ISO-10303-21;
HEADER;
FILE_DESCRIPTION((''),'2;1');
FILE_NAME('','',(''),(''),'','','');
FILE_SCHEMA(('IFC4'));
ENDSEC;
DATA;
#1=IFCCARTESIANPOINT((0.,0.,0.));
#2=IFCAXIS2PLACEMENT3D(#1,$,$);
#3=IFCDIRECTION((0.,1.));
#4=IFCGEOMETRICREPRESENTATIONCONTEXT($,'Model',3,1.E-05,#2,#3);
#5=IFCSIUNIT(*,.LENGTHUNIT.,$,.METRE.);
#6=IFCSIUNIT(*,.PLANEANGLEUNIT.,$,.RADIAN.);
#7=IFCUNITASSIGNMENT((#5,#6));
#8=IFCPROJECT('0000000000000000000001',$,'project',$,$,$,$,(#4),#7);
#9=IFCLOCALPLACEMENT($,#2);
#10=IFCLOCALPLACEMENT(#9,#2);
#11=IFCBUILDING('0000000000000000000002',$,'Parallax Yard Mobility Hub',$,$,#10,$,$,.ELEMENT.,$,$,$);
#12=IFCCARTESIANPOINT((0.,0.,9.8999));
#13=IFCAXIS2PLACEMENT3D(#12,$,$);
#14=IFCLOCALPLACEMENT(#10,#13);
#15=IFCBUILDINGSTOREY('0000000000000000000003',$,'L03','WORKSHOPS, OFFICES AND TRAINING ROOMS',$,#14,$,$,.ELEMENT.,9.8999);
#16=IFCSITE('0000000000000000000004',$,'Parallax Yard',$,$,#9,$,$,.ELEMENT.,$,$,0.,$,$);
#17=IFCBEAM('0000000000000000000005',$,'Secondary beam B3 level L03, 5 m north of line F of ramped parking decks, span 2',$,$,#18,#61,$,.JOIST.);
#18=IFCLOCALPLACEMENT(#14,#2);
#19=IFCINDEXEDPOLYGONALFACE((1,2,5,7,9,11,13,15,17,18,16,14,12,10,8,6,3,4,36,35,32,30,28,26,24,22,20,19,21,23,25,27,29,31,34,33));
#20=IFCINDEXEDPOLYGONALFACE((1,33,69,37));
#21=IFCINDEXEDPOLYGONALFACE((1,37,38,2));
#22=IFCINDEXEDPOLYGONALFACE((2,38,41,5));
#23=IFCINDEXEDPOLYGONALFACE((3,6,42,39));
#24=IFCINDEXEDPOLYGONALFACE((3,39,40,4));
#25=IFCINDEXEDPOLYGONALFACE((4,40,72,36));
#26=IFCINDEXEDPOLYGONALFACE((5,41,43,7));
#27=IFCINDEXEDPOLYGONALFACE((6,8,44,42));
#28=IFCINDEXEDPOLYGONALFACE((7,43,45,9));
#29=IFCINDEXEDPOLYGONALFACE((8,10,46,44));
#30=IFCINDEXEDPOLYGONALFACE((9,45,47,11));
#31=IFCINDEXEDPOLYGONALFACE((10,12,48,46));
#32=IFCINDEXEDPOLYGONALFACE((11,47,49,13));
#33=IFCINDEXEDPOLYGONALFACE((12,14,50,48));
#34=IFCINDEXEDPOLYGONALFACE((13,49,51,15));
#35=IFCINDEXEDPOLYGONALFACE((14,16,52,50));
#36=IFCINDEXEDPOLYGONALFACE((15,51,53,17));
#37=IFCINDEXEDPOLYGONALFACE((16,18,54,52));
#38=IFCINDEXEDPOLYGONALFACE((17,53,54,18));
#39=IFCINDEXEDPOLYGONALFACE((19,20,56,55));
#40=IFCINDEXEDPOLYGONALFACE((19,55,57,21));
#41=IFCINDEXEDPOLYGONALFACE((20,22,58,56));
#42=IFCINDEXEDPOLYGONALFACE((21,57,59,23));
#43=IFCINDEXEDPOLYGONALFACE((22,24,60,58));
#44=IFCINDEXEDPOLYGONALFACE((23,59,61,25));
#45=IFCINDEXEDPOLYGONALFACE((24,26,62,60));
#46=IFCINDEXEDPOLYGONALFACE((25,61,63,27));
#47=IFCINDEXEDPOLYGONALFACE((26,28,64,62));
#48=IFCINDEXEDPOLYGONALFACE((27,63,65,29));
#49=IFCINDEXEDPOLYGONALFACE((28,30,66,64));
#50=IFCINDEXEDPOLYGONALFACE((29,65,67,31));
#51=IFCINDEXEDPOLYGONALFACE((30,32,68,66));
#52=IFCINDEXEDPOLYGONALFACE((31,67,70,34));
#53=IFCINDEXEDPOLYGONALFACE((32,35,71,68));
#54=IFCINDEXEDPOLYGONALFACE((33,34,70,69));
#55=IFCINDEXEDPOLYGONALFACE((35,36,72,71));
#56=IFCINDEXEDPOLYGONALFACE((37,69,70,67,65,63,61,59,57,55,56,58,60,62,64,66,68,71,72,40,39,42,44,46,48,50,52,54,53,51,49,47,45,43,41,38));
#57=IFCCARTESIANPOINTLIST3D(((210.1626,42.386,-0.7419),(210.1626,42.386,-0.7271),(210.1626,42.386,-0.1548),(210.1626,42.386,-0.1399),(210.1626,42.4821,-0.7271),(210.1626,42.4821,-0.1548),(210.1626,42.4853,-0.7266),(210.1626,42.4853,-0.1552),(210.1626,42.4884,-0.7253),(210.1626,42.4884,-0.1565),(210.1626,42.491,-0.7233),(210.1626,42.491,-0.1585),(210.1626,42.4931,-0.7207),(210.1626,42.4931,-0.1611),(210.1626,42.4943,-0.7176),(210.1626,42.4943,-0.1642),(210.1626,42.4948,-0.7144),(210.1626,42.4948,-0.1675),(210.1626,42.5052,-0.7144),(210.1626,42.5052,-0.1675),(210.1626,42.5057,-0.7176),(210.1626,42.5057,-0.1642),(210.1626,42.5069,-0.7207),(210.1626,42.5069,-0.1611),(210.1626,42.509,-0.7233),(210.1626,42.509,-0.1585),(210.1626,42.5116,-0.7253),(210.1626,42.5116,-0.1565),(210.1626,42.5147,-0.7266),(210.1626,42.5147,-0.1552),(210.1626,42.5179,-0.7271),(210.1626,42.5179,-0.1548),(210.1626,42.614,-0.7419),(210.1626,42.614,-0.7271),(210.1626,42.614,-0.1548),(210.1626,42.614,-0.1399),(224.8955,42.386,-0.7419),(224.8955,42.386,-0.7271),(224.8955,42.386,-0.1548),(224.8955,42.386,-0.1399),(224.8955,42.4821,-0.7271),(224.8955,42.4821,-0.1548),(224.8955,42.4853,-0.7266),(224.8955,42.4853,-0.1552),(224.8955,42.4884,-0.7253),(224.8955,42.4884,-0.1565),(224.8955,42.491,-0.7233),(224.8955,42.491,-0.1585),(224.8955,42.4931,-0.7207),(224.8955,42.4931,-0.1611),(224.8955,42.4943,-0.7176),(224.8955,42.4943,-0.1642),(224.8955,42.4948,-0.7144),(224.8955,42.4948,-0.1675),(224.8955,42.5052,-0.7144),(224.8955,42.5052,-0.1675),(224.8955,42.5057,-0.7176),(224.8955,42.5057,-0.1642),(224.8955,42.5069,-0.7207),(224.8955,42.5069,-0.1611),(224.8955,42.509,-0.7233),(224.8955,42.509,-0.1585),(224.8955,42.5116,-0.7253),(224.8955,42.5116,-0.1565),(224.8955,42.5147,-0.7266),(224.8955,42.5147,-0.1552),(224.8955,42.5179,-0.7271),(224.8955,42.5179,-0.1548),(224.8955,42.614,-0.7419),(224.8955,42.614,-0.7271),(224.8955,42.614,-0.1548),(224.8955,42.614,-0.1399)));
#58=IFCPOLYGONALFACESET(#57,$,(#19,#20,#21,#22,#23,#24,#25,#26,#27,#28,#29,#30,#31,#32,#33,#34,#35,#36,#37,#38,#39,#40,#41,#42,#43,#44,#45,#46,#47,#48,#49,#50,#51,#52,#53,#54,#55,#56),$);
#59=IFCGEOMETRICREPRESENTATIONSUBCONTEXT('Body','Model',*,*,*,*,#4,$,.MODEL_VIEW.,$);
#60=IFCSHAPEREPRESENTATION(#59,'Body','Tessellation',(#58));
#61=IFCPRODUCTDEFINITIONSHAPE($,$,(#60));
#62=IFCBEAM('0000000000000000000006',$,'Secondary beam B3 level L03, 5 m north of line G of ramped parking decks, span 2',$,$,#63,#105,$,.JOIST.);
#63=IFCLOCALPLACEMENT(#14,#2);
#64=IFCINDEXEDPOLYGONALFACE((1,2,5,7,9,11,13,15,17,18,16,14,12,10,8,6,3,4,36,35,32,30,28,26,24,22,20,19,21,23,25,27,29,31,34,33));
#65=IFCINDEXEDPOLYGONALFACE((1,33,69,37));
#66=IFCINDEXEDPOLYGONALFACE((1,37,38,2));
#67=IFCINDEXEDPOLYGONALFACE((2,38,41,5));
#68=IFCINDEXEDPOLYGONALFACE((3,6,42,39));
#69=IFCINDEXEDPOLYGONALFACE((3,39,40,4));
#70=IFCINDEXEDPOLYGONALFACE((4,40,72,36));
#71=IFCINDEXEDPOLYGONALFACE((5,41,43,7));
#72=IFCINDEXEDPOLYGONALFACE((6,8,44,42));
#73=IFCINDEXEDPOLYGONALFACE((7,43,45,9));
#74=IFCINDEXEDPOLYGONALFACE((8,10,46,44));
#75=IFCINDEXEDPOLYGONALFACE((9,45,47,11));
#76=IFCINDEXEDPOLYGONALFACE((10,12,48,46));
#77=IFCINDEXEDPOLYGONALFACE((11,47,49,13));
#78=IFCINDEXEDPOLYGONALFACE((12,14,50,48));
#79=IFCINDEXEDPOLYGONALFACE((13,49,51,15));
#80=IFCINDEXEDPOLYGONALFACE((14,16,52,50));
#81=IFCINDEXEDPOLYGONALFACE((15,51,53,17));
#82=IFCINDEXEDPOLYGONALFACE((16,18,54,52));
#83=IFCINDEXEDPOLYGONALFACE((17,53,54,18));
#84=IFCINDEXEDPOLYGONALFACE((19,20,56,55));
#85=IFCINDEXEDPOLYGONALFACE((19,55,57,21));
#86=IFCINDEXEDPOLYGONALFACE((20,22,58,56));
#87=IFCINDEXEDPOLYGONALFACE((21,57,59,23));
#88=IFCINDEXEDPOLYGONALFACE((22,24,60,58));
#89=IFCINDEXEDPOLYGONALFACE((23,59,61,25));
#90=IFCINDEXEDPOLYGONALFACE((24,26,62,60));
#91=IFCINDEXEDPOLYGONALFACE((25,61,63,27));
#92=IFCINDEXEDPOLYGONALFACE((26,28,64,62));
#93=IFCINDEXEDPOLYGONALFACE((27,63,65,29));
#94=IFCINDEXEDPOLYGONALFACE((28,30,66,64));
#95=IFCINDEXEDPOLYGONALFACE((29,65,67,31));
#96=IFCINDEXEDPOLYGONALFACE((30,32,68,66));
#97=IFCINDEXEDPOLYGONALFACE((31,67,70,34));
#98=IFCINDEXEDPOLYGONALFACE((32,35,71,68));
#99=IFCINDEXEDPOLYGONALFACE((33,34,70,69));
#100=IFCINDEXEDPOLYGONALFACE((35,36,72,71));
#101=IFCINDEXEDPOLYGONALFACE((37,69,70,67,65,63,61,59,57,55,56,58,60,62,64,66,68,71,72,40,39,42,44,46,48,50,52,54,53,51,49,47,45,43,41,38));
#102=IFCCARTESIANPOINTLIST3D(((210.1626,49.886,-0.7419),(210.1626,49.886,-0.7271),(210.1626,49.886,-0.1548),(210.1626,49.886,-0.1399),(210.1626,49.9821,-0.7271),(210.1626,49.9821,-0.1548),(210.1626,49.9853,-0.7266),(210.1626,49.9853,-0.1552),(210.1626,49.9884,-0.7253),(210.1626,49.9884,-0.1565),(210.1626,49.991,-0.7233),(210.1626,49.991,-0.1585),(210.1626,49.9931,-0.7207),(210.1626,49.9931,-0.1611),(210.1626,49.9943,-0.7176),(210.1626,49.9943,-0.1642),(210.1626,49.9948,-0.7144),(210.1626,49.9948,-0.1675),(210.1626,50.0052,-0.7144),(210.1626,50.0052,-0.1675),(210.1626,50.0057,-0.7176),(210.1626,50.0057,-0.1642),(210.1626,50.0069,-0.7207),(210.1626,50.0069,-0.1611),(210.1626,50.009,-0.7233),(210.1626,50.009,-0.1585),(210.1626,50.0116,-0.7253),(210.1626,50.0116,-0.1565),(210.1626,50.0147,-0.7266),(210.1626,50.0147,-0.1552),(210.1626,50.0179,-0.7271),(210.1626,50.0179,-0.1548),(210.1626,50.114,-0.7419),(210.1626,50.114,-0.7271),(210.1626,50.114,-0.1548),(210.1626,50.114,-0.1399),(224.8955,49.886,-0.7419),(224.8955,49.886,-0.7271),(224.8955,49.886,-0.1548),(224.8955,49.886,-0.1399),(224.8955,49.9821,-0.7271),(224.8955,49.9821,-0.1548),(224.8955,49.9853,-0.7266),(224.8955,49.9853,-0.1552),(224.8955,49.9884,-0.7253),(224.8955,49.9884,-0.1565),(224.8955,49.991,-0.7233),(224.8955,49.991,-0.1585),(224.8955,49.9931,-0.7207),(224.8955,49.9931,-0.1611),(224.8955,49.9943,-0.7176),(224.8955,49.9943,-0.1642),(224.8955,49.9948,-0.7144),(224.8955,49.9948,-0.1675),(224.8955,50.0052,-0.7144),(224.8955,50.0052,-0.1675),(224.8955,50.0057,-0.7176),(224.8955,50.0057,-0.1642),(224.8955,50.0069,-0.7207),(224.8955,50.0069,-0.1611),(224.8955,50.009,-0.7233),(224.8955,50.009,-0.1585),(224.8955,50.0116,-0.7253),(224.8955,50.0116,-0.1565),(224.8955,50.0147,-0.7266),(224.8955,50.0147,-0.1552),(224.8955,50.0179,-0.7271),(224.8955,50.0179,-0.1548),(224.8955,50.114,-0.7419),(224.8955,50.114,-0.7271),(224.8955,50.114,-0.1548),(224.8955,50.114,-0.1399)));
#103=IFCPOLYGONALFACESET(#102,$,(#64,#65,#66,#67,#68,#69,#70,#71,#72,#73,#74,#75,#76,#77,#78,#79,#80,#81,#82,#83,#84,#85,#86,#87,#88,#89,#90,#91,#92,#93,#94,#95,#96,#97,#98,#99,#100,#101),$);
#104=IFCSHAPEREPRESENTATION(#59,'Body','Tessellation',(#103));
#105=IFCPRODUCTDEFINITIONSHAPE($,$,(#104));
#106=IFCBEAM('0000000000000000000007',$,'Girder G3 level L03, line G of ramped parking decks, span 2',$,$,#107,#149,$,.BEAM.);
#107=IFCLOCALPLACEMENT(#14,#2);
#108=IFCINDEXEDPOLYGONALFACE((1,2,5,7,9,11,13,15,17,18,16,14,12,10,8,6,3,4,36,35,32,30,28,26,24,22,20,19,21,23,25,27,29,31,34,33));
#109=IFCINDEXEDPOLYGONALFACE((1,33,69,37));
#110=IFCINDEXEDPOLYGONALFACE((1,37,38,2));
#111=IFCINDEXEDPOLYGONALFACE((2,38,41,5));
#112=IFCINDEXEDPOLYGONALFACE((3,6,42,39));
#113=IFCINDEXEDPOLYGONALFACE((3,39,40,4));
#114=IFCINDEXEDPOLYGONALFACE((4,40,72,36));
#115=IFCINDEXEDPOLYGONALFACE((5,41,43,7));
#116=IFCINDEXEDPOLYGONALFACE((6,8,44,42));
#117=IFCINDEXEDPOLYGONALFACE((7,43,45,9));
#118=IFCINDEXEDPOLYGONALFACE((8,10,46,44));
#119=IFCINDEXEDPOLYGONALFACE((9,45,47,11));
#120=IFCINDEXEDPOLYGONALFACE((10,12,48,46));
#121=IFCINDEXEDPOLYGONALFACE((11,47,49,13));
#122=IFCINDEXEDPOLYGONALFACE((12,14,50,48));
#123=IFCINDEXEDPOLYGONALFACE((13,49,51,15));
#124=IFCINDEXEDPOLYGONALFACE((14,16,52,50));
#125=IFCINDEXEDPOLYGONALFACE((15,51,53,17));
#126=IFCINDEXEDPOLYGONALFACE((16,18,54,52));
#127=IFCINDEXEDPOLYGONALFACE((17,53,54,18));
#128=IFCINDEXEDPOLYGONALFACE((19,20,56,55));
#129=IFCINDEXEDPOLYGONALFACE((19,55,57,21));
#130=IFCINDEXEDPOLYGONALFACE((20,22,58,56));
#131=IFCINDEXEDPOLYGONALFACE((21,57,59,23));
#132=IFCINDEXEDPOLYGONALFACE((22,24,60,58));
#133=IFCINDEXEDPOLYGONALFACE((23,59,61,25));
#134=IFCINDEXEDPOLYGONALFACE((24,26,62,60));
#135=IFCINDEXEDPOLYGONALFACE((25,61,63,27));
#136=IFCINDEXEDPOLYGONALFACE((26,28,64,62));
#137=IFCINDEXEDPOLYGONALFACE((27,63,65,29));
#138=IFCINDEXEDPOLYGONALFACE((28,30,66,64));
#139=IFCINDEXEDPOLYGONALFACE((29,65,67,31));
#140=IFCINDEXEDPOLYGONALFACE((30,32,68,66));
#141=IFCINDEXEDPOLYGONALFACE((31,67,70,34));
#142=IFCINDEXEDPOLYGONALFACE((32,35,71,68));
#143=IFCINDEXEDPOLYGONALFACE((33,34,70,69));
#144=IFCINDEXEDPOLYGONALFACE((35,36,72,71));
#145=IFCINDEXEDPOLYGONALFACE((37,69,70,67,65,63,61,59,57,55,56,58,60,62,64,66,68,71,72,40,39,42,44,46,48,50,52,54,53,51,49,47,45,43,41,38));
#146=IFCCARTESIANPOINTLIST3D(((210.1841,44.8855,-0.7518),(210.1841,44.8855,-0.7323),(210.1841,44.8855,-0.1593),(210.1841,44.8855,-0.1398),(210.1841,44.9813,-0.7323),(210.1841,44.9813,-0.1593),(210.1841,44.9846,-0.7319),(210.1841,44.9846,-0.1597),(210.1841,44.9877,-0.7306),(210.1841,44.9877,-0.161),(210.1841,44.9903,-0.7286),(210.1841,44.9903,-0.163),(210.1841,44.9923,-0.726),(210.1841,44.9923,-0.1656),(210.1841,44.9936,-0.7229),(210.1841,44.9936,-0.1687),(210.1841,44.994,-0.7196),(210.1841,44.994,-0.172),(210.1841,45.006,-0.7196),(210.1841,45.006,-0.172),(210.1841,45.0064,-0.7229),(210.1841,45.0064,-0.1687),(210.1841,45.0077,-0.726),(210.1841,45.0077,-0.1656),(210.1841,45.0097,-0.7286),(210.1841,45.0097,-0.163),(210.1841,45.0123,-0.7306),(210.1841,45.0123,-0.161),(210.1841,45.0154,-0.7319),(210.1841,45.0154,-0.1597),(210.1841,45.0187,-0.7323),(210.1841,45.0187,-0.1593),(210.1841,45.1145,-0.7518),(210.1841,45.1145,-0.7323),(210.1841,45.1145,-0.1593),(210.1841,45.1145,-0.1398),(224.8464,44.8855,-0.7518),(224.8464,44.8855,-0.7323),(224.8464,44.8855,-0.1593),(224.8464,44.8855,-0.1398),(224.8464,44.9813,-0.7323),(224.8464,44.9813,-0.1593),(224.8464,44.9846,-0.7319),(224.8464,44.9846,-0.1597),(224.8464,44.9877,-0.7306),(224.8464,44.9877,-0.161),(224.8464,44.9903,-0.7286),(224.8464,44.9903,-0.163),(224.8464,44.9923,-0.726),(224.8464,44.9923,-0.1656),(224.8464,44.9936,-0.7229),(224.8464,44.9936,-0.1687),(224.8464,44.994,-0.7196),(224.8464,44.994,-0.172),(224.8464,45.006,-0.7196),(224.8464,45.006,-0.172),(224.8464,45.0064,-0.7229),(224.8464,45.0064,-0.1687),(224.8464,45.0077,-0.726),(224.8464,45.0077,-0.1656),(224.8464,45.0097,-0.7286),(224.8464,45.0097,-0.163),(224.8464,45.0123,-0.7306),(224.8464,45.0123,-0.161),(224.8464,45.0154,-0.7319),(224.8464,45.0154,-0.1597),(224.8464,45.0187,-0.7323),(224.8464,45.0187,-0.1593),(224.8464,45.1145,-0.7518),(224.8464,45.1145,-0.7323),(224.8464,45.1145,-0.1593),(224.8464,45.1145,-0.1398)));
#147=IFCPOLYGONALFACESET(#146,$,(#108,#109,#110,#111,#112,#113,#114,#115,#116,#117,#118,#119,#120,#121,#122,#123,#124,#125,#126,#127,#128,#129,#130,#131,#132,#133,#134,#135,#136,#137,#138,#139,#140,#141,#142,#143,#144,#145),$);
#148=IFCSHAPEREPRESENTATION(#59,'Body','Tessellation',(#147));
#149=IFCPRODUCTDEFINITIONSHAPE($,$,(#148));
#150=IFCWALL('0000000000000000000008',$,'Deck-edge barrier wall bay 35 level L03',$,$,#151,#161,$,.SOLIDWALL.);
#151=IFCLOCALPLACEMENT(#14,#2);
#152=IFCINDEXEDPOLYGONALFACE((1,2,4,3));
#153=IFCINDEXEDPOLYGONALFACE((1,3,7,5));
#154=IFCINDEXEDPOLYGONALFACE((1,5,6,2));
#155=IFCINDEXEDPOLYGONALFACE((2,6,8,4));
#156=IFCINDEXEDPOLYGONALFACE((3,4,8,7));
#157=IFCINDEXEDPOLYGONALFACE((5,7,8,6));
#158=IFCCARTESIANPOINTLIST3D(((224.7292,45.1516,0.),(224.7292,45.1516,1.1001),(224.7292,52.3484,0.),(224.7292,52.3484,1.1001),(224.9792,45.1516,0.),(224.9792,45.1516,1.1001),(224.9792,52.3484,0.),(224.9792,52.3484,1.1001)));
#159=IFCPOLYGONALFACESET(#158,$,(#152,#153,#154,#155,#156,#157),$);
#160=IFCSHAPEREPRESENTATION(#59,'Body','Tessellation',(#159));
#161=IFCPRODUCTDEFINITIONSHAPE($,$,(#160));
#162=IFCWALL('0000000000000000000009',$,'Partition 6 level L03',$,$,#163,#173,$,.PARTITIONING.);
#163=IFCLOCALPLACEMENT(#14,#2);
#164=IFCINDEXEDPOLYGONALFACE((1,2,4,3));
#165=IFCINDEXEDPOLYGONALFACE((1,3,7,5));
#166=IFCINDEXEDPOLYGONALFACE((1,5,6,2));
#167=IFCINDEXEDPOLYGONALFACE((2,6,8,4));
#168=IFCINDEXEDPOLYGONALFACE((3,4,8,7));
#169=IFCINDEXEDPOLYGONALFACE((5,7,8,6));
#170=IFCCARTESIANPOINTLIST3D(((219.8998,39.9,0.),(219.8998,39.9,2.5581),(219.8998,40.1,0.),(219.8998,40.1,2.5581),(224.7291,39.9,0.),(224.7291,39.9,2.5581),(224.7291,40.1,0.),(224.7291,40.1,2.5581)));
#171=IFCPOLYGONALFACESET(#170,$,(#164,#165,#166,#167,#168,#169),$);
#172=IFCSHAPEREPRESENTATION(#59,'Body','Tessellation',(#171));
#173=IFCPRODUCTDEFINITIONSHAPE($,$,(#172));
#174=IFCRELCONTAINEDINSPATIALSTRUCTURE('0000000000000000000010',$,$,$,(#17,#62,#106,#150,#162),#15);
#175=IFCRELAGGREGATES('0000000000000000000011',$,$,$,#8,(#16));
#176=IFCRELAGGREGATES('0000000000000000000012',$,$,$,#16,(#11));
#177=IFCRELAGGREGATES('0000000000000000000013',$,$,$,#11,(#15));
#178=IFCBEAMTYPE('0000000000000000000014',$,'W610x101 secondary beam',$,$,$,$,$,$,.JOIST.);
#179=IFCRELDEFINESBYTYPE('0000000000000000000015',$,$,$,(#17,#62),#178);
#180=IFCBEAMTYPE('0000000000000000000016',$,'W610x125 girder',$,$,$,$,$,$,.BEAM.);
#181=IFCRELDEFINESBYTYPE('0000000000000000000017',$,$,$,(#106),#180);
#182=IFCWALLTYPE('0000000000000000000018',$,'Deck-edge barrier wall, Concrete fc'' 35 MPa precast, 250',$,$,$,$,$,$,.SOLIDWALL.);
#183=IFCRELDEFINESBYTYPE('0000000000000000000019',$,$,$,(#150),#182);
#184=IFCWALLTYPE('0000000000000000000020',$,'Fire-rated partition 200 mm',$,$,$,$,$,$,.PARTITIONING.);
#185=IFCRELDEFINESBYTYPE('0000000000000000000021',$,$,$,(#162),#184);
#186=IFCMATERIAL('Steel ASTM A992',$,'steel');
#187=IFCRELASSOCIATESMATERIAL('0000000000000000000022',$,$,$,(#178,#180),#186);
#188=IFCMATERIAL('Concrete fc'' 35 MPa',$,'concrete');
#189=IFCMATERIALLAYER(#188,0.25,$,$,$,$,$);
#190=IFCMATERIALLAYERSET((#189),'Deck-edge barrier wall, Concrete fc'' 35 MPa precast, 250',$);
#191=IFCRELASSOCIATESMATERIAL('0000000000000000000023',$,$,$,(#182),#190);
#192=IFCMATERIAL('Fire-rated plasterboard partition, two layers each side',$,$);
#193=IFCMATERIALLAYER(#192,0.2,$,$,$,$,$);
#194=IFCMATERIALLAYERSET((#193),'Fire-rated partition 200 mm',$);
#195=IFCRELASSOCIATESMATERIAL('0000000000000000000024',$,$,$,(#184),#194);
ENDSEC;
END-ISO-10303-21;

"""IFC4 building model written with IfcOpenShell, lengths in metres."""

from ifc_helpers import new_model, si_unit, direction, frame, frame_2d, origin, origin_2d, place, context, subcontext, project, spatial, rectangle, i_section, extrude, material, layer, layer_set, material_profile, profile_set, type_object, element, save


model = new_model("IFC4")

# Units and contexts
model_context = context("Model", 3, precision=1e-05, world=origin(), true_north=direction((0.0, 1.0)))
body_context = subcontext(model_context, "Body", "Model", "MODEL_VIEW")
ifc_project = project(units=[si_unit("LENGTHUNIT", "METRE"), si_unit("PLANEANGLEUNIT", "RADIAN")], contexts=[model_context])

# Site, building, storey
site_placement = place(None, origin())
site = spatial("IfcSite", under=ifc_project, at=site_placement, Name="Parallax Yard", CompositionType="ELEMENT", RefElevation=0.0)
building_placement = place(site_placement, origin())
building = spatial("IfcBuilding", under=site, at=building_placement, Name="Parallax Yard Mobility Hub", CompositionType="ELEMENT")
storey_placement = place(building_placement, frame((0.0, 0.0, 9.8999)))
storey = spatial("IfcBuildingStorey", under=building, at=storey_placement, Name="L03", Description="WORKSHOPS, OFFICES AND TRAINING ROOMS", CompositionType="ELEMENT", Elevation=9.8999)

# Shared definitions
ifc_material_1 = material(Name="Steel ASTM A992", Category="steel")

# Beams
ifc_material_profile_1 = material_profile(ifc_material_1, i_section(OverallWidth=0.228, OverallDepth=0.6021, WebThickness=0.0105, FlangeThickness=0.0149, FilletRadius=0.0127, at=origin_2d()), Name="W610x101")
ifc_profile_set_1 = profile_set([ifc_material_profile_1], Name="Steel ASTM A992")
beam_type_1 = type_object("IfcBeamType", Name="W610x101 secondary beam", PredefinedType="JOIST", material=ifc_profile_set_1)
for number, where, z_axis, x_axis, name in (
    (1, (210.1626, 42.5, -0.4409), (1.0, 0.0, 0.0), (0.0, 1.0, 0.0), "Secondary beam B3 level L03, 5 m north of line F of ramped parking decks, span 2"),
    (2, (210.1626, 50.0, -0.4409), (1.0, 0.0, 0.0), (0.0, 1.0, 0.0), "Secondary beam B3 level L03, 5 m north of line G of ramped parking decks, span 2"),
):
    element("IfcBeam", number, at=place(storey_placement, frame(where, z_axis=z_axis, x_axis=x_axis)), inside=storey, type_object=beam_type_1, Name=name, PredefinedType="JOIST", context=body_context, shape_type="SweptSolid", body=[
        extrude(i_section(OverallWidth=0.228, OverallDepth=0.6021, WebThickness=0.0105, FlangeThickness=0.0149, FilletRadius=0.0127, at=origin_2d()), origin(), (0.0, 0.0, 1.0), 14.7329),
    ])
ifc_material_profile_2 = material_profile(ifc_material_1, i_section(OverallWidth=0.229, OverallDepth=0.6121, WebThickness=0.012, FlangeThickness=0.0195, FilletRadius=0.0127, at=origin_2d()), Name="W610x125")
ifc_profile_set_2 = profile_set([ifc_material_profile_2], Name="Steel ASTM A992")
beam_type_2 = type_object("IfcBeamType", Name="W610x125 girder", PredefinedType="BEAM", material=ifc_profile_set_2)
beam_1_placement = place(storey_placement, frame((210.1841, 45.0, -0.4458), z_axis=(1.0, 0.0, 0.0), x_axis=(0.0, 1.0, 0.0)))
element("IfcBeam", 3, at=beam_1_placement, inside=storey, type_object=beam_type_2, Name="Girder G3 level L03, line G of ramped parking decks, span 2", PredefinedType="BEAM", context=body_context, shape_type="SweptSolid", body=[
    extrude(i_section(OverallWidth=0.229, OverallDepth=0.6121, WebThickness=0.012, FlangeThickness=0.0195, FilletRadius=0.0127, at=origin_2d()), origin(), (0.0, 0.0, 1.0), 14.6624),
])

# Walls
ifc_material_2 = material(Name="Concrete fc' 35 MPa", Category="concrete")
ifc_layer_1 = layer(ifc_material_2, 0.25)
ifc_layer_set_1 = layer_set([ifc_layer_1], Name="Deck-edge barrier wall, Concrete fc' 35 MPa precast, 250")
wall_type_1 = type_object("IfcWallType", Name="Deck-edge barrier wall, Concrete fc' 35 MPa precast, 250", PredefinedType="SOLIDWALL", material=ifc_layer_set_1)
wall_1_placement = place(storey_placement, frame((224.8542, 45.1516, 0.0), z_axis=(0.0, 0.0, 1.0), x_axis=(0.0, 1.0, 0.0)))
element("IfcWall", 4, at=wall_1_placement, inside=storey, type_object=wall_type_1, Name="Deck-edge barrier wall bay 35 level L03", PredefinedType="SOLIDWALL", context=body_context, shape_type="SweptSolid", body=[
    extrude(rectangle(XDim=7.1968, YDim=0.25, at=frame_2d((3.5984, 0.0))), origin(), (0.0, 0.0, 1.0), 1.1001),
])
ifc_material_3 = material(Name="Fire-rated plasterboard partition, two layers each side")
ifc_layer_2 = layer(ifc_material_3, 0.2)
ifc_layer_set_2 = layer_set([ifc_layer_2], Name="Fire-rated partition 200 mm")
wall_type_2 = type_object("IfcWallType", Name="Fire-rated partition 200 mm", PredefinedType="PARTITIONING", material=ifc_layer_set_2)
wall_2_placement = place(storey_placement, frame((219.8999, 40.0, 0.0), z_axis=(0.0, 0.0, 1.0), x_axis=(1.0, 0.0, 0.0)))
element("IfcWall", 5, at=wall_2_placement, inside=storey, type_object=wall_type_2, Name="Partition 6 level L03", PredefinedType="PARTITIONING", context=body_context, shape_type="SweptSolid", body=[
    extrude(rectangle(XDim=4.8293, YDim=0.2, at=frame_2d((2.4146, 0.0))), origin(), (0.0, 0.0, 1.0), 2.5581),
])

save(model, "model.ifc")
